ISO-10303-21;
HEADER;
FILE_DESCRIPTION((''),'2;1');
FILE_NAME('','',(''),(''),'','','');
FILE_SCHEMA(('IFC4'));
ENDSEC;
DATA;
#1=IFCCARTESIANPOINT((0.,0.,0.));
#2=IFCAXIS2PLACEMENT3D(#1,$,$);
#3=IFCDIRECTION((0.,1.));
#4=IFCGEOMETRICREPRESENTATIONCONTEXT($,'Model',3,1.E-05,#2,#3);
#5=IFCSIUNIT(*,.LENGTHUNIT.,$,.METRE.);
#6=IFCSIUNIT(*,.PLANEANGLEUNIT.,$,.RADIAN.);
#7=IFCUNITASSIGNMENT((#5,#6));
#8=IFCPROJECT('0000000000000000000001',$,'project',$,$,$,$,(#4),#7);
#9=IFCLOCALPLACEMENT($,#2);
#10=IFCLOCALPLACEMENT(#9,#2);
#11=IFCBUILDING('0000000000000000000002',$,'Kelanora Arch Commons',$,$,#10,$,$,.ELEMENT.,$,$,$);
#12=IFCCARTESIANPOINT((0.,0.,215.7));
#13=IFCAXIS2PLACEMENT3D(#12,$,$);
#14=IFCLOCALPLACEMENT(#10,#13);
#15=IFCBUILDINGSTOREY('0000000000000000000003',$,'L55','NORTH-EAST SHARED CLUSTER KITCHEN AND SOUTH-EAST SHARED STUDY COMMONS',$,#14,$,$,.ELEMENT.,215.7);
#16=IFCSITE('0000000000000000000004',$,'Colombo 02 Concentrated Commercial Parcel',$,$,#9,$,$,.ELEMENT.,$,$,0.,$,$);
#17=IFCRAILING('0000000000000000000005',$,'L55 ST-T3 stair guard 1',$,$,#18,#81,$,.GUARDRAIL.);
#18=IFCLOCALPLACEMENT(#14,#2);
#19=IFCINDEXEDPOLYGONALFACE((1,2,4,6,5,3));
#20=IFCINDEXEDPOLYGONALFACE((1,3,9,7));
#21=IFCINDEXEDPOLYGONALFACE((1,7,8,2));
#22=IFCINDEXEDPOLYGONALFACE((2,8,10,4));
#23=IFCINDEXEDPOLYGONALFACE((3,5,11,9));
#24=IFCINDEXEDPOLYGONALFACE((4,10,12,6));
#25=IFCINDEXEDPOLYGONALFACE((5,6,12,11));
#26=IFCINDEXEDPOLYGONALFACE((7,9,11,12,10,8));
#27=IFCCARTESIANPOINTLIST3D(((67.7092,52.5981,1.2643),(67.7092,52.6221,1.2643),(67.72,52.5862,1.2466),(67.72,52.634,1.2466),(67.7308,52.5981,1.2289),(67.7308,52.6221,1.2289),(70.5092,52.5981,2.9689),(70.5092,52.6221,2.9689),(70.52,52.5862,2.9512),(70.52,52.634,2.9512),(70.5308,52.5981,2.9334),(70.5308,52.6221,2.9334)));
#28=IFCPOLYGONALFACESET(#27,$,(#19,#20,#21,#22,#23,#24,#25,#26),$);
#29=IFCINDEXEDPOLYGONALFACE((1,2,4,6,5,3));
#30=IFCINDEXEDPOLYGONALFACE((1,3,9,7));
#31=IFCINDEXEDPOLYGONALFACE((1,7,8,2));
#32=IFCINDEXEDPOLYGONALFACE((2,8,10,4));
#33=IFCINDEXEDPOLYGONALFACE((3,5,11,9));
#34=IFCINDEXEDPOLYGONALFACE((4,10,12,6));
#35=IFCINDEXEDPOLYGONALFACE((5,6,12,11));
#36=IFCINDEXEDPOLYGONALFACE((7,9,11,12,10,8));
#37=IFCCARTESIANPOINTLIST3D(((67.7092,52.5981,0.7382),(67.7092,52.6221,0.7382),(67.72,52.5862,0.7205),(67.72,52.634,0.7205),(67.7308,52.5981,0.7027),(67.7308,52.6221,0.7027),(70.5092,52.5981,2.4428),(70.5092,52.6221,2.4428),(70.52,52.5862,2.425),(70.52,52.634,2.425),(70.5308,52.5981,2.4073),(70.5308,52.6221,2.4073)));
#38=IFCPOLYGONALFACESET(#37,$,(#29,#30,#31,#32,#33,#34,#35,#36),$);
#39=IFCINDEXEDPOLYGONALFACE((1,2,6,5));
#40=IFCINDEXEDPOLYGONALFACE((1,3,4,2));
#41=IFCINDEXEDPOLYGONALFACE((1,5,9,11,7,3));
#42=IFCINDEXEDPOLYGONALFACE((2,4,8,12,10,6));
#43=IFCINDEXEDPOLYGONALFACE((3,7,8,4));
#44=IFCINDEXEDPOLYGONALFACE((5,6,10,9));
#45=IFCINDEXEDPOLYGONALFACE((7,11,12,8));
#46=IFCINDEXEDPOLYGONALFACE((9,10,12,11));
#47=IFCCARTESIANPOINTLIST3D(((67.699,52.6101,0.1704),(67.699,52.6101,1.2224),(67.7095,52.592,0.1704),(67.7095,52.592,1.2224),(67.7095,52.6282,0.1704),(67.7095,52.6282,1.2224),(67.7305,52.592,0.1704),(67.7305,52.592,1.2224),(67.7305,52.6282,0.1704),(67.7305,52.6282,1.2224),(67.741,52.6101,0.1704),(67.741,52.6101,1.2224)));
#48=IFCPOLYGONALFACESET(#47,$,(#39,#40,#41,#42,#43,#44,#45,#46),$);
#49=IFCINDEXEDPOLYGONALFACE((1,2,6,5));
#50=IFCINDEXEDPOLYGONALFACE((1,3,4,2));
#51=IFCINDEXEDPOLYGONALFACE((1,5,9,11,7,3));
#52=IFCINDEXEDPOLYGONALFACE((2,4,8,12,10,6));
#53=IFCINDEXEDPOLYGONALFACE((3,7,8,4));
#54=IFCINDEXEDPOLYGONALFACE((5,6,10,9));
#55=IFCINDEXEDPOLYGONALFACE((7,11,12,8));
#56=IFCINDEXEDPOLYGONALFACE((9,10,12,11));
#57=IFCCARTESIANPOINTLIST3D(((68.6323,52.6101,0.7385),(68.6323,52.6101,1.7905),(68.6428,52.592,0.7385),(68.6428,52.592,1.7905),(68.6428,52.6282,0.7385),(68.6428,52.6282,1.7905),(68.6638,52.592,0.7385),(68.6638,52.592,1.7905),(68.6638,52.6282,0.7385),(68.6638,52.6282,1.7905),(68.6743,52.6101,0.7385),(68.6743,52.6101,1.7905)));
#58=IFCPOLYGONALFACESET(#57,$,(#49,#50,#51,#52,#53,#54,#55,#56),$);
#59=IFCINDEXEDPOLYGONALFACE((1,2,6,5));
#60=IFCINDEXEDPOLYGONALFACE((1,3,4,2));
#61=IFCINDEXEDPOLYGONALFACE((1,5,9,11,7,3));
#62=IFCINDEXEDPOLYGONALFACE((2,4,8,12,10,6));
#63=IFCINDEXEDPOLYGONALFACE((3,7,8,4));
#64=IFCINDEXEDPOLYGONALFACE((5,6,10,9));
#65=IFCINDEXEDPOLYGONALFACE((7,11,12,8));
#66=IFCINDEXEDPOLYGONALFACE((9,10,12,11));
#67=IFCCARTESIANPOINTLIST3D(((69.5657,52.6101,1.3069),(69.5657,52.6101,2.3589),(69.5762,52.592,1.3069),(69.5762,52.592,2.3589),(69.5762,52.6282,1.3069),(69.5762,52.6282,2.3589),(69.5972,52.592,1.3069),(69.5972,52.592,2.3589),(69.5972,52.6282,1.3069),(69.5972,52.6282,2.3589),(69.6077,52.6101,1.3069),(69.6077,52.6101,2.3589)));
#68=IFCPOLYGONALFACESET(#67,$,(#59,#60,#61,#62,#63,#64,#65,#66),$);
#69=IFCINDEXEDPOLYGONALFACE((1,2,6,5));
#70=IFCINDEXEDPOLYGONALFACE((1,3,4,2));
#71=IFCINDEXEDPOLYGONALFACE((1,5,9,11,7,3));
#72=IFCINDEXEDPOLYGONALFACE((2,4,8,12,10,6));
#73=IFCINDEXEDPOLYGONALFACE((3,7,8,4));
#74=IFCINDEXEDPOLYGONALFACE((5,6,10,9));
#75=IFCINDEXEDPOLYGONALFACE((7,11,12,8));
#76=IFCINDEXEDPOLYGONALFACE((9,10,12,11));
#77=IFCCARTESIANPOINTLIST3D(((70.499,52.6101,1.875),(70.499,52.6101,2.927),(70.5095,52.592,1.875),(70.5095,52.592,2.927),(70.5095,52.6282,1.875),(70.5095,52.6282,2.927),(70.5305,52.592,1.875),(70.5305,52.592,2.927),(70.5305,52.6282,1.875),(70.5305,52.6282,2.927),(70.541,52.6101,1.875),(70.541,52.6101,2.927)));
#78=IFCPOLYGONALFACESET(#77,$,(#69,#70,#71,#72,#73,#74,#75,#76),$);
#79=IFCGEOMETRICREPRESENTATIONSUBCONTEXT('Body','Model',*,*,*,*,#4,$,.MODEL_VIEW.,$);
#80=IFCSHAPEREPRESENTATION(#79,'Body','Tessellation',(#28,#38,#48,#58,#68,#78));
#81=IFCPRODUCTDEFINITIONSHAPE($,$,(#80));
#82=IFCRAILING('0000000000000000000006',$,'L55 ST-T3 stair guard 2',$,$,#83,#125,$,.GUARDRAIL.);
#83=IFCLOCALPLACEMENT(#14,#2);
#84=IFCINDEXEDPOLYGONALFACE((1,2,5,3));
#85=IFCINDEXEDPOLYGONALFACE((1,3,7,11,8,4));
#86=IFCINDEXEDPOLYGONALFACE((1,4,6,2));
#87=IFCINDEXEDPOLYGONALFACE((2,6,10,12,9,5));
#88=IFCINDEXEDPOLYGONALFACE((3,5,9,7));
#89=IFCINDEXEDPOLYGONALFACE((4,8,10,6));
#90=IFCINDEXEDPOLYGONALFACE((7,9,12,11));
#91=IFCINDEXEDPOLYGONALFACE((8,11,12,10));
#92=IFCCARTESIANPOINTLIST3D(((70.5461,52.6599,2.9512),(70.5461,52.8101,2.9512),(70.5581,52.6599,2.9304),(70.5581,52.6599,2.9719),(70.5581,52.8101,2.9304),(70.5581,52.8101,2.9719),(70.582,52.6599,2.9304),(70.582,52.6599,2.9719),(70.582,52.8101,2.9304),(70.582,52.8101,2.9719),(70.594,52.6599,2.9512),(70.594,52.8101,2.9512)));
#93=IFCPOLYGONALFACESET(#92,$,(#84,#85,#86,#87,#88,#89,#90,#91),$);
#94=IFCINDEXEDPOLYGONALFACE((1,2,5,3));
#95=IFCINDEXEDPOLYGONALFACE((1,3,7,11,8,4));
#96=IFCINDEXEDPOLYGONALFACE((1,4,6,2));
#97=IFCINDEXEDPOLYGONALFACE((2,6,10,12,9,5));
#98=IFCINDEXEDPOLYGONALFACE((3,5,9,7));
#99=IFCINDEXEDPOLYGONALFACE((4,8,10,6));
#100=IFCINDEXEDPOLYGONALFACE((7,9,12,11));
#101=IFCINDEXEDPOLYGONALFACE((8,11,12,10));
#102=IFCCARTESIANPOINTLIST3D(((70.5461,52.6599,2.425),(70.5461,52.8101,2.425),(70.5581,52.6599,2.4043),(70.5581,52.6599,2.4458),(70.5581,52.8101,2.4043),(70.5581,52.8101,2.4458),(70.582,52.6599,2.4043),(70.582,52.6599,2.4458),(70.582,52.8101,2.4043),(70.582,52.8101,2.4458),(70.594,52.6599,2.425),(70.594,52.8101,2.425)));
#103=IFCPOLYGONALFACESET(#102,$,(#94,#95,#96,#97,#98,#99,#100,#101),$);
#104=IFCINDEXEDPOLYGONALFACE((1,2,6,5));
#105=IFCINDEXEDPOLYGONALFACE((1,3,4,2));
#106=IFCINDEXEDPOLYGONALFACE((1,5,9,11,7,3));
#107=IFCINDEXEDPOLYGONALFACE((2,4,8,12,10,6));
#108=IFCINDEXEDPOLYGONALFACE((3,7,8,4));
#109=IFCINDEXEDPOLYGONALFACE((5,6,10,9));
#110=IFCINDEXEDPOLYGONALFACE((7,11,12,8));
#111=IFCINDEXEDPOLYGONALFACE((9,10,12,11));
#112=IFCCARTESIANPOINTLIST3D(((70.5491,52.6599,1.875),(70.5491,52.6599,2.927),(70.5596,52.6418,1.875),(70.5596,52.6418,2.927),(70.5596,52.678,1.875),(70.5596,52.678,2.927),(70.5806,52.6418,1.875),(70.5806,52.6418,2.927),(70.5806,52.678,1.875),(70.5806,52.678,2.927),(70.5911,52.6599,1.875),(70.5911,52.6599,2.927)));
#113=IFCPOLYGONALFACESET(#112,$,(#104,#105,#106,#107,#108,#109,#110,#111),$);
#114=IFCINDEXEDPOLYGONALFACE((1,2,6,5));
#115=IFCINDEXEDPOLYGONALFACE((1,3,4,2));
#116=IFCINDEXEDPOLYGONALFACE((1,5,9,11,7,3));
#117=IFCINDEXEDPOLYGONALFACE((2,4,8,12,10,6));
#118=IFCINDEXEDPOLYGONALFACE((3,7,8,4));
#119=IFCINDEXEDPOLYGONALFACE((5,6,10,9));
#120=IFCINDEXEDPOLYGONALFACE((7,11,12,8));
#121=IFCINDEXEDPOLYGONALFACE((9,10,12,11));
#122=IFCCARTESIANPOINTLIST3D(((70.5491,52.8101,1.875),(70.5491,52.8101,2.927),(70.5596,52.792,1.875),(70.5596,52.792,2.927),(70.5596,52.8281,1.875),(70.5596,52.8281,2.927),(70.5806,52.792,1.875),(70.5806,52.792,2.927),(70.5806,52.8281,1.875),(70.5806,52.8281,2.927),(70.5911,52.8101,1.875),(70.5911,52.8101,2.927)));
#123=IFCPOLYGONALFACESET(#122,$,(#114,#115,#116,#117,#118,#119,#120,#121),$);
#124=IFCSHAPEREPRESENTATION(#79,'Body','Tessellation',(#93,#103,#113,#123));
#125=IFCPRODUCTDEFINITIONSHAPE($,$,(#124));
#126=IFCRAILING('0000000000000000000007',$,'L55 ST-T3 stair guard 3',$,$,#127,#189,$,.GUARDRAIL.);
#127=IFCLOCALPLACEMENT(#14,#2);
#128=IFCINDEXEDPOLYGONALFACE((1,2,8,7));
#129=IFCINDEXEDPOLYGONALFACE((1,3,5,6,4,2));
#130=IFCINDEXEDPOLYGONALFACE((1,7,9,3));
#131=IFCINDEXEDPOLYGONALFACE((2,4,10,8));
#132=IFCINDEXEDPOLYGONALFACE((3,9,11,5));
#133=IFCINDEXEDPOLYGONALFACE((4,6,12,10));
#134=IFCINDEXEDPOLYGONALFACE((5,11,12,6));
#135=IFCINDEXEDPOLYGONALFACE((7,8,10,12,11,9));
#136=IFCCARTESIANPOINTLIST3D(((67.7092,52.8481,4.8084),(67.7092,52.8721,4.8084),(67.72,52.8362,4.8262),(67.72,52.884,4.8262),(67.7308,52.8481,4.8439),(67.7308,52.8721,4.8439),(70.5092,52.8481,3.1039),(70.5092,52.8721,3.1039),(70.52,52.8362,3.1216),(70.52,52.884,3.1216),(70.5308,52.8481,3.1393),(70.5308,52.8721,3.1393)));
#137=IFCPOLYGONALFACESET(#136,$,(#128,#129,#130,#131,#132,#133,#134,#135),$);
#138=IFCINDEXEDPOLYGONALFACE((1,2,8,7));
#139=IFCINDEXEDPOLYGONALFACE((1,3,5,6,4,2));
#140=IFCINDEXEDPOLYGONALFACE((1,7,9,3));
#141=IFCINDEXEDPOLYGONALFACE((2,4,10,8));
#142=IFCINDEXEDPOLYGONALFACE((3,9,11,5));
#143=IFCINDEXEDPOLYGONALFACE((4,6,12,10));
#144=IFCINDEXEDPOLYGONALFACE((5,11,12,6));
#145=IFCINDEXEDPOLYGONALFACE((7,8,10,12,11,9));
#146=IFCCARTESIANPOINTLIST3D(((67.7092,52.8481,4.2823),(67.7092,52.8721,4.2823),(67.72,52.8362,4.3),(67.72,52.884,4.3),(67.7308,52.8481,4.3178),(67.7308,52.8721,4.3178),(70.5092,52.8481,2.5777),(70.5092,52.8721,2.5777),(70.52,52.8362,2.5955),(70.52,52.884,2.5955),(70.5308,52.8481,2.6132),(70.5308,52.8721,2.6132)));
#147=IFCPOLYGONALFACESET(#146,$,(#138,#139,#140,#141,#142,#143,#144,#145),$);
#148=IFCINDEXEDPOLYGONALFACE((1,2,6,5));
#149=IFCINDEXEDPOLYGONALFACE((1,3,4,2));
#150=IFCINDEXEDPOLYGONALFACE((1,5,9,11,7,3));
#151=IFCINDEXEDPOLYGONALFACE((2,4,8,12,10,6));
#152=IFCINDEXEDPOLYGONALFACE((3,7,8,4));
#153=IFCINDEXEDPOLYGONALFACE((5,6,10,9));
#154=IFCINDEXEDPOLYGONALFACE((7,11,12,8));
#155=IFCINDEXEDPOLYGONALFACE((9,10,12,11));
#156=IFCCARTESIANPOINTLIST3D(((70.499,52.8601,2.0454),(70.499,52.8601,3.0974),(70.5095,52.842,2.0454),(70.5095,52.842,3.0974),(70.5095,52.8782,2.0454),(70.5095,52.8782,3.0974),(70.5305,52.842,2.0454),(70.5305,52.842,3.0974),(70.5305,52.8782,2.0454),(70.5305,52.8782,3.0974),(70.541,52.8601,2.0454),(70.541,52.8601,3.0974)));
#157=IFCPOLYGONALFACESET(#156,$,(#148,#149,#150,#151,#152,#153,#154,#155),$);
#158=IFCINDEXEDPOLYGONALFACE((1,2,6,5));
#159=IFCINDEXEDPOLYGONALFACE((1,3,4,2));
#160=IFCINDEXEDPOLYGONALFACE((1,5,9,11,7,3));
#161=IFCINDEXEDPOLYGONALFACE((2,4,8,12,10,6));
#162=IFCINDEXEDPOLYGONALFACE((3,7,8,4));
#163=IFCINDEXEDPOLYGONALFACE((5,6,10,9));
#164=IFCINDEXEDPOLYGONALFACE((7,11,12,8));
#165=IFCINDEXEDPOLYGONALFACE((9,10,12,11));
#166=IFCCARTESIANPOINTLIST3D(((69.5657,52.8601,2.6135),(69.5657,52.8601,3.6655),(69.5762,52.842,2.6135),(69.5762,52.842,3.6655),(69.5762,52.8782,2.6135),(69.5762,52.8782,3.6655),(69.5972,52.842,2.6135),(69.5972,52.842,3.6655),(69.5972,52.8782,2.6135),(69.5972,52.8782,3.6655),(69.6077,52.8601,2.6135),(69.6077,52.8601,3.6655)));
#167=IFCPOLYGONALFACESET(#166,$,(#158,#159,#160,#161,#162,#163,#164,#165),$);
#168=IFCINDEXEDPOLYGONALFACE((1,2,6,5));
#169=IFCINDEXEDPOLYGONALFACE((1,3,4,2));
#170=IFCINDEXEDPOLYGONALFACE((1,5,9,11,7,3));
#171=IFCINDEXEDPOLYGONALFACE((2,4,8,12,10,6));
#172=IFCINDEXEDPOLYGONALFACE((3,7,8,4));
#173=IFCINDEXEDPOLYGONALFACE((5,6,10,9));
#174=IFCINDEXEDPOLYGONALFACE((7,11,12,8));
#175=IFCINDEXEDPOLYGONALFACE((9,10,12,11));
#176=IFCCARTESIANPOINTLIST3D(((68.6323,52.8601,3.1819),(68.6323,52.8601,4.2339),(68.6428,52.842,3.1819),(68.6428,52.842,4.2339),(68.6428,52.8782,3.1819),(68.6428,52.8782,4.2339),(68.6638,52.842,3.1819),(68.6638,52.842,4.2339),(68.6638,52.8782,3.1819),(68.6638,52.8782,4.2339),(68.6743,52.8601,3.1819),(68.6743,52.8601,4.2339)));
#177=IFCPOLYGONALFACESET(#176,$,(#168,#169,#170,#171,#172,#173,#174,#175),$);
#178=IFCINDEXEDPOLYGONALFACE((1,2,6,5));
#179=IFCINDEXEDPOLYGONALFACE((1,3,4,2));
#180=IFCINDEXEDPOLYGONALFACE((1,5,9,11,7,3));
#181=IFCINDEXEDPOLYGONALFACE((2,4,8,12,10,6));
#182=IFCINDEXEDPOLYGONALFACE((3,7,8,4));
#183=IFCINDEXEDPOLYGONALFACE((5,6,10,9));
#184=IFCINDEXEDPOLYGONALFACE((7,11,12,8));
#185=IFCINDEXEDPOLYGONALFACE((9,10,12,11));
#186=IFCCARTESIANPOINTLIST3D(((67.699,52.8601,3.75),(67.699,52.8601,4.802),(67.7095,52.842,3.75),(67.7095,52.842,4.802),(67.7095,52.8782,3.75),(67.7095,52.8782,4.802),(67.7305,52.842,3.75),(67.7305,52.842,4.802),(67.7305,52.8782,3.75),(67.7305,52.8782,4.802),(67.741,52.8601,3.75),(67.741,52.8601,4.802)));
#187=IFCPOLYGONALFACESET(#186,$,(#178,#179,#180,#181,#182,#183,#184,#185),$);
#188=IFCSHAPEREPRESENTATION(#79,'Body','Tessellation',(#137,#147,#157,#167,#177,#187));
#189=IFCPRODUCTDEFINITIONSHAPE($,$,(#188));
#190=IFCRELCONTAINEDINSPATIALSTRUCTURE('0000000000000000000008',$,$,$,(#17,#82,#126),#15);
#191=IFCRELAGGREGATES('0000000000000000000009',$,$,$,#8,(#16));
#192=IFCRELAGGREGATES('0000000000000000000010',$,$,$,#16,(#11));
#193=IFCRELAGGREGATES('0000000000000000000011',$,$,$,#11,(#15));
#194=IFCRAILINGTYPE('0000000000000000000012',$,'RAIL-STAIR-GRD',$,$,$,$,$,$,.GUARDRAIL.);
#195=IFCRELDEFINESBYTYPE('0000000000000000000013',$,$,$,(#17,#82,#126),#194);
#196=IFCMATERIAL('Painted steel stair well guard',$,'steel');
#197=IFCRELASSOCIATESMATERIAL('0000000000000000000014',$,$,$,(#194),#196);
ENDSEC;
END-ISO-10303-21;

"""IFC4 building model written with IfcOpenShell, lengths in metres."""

from ifc_helpers import new_model, si_unit, direction, frame, origin, place, context, subcontext, project, spatial, polyline, outline, extrude, material, type_object, element, save


model = new_model("IFC4")

# Units and contexts
model_context = context("Model", 3, precision=1e-05, world=origin(), true_north=direction((0.0, 1.0)))
body_context = subcontext(model_context, "Body", "Model", "MODEL_VIEW")
ifc_project = project(units=[si_unit("LENGTHUNIT", "METRE"), si_unit("PLANEANGLEUNIT", "RADIAN")], contexts=[model_context])

# Site, building, storey
site_placement = place(None, origin())
site = spatial("IfcSite", under=ifc_project, at=site_placement, Name="Colombo 02 Concentrated Commercial Parcel", CompositionType="ELEMENT", RefElevation=0.0)
building_placement = place(site_placement, origin())
building = spatial("IfcBuilding", under=site, at=building_placement, Name="Kelanora Arch Commons", CompositionType="ELEMENT")
storey_placement = place(building_placement, frame((0.0, 0.0, 215.7)))
storey = spatial("IfcBuildingStorey", under=building, at=storey_placement, Name="L55", Description="NORTH-EAST SHARED CLUSTER KITCHEN AND SOUTH-EAST SHARED STUDY COMMONS", CompositionType="ELEMENT", Elevation=215.7)

# Railings
ifc_material_1 = material(Name="Painted steel stair well guard", Category="steel")
railing_type_1 = type_object("IfcRailingType", Name="RAIL-STAIR-GRD", PredefinedType="GUARDRAIL", material=ifc_material_1)
railing_1_placement = place(storey_placement, frame((67.72, 52.6101, 0.1704)))
element("IfcRailing", 1, at=railing_1_placement, inside=storey, type_object=railing_type_1, Name="L55 ST-T3 stair guard 1", PredefinedType="GUARDRAIL", context=body_context, shape_type="SweptSolid", body=[
    extrude(outline(polyline([(0.0239, 0.0), (0.012, 0.0208), (-0.012, 0.0208), (-0.0239, 0.0), (-0.012, -0.0208), (0.012, -0.0208), (0.0239, 0.0)])), frame((0.0, 0.0, 1.0762), z_axis=(0.85417, 0.0, 0.519994), x_axis=(0.0, 1.0, 0.0)), (0.0, 0.0, 1.0), 3.2781),
    extrude(outline(polyline([(0.0239, 0.0), (0.012, 0.0208), (-0.012, 0.0208), (-0.0239, 0.0), (-0.012, -0.0208), (0.012, -0.0208), (0.0239, 0.0)])), frame((0.0, 0.0, 0.55), z_axis=(0.85417, 0.0, 0.519994), x_axis=(0.0, 1.0, 0.0)), (0.0, 0.0, 1.0), 3.2781),
    extrude(outline(polyline([(0.021, 0.0), (0.0105, 0.0181), (-0.0105, 0.0181), (-0.021, 0.0), (-0.0105, -0.0181), (0.0105, -0.0181), (0.021, 0.0)])), origin(), (0.0, 0.0, 1.0), 1.052),
    extrude(outline(polyline([(0.021, 0.0), (0.0105, 0.0181), (-0.0105, 0.0181), (-0.021, 0.0), (-0.0105, -0.0181), (0.0105, -0.0181), (0.021, 0.0)])), frame((0.9333, 0.0, 0.5681)), (0.0, 0.0, 1.0), 1.052),
    extrude(outline(polyline([(0.021, 0.0), (0.0105, 0.0181), (-0.0105, 0.0181), (-0.021, 0.0), (-0.0105, -0.0181), (0.0105, -0.0181), (0.021, 0.0)])), frame((1.8667, 0.0, 1.1365)), (0.0, 0.0, 1.0), 1.052),
    extrude(outline(polyline([(0.021, 0.0), (0.0105, 0.0181), (-0.0105, 0.0181), (-0.021, 0.0), (-0.0105, -0.0181), (0.0105, -0.0181), (0.021, 0.0)])), frame((2.8, 0.0, 1.7046)), (0.0, 0.0, 1.0), 1.052),
])
railing_2_placement = place(storey_placement, frame((70.5701, 52.6599, 1.875)))
element("IfcRailing", 2, at=railing_2_placement, inside=storey, type_object=railing_type_1, Name="L55 ST-T3 stair guard 2", PredefinedType="GUARDRAIL", context=body_context, shape_type="SweptSolid", body=[
    extrude(outline(polyline([(0.0239, 0.0), (0.012, 0.0208), (-0.012, 0.0208), (-0.0239, 0.0), (-0.012, -0.0208), (0.012, -0.0208), (0.0239, 0.0)])), frame((0.0, 0.0, 1.0762), z_axis=(0.0, 1.0, 0.0), x_axis=(-1.0, 0.0, 0.0)), (0.0, 0.0, 1.0), 0.1501),
    extrude(outline(polyline([(0.0239, 0.0), (0.012, 0.0208), (-0.012, 0.0208), (-0.0239, 0.0), (-0.012, -0.0208), (0.012, -0.0208), (0.0239, 0.0)])), frame((0.0, 0.0, 0.55), z_axis=(0.0, 1.0, 0.0), x_axis=(-1.0, 0.0, 0.0)), (0.0, 0.0, 1.0), 0.1501),
    extrude(outline(polyline([(0.021, 0.0), (0.0105, 0.0181), (-0.0105, 0.0181), (-0.021, 0.0), (-0.0105, -0.0181), (0.0105, -0.0181), (0.021, 0.0)])), origin(), (0.0, 0.0, 1.0), 1.052),
    extrude(outline(polyline([(0.021, 0.0), (0.0105, 0.0181), (-0.0105, 0.0181), (-0.021, 0.0), (-0.0105, -0.0181), (0.0105, -0.0181), (0.021, 0.0)])), frame((0.0, 0.1501, 0.0)), (0.0, 0.0, 1.0), 1.052),
])
railing_3_placement = place(storey_placement, frame((70.52, 52.8601, 2.0454)))
element("IfcRailing", 3, at=railing_3_placement, inside=storey, type_object=railing_type_1, Name="L55 ST-T3 stair guard 3", PredefinedType="GUARDRAIL", context=body_context, shape_type="SweptSolid", body=[
    extrude(outline(polyline([(0.0239, 0.0), (0.012, 0.0208), (-0.012, 0.0208), (-0.0239, 0.0), (-0.012, -0.0208), (0.012, -0.0208), (0.0239, 0.0)])), frame((0.0, 0.0, 1.0762), z_axis=(-0.85417, 0.0, 0.519994), x_axis=(0.0, -1.0, 0.0)), (0.0, 0.0, 1.0), 3.2781),
    extrude(outline(polyline([(0.0239, 0.0), (0.012, 0.0208), (-0.012, 0.0208), (-0.0239, 0.0), (-0.012, -0.0208), (0.012, -0.0208), (0.0239, 0.0)])), frame((0.0, 0.0, 0.55), z_axis=(-0.85417, 0.0, 0.519994), x_axis=(0.0, -1.0, 0.0)), (0.0, 0.0, 1.0), 3.2781),
    extrude(outline(polyline([(0.021, 0.0), (0.0105, 0.0181), (-0.0105, 0.0181), (-0.021, 0.0), (-0.0105, -0.0181), (0.0105, -0.0181), (0.021, 0.0)])), origin(), (0.0, 0.0, 1.0), 1.052),
    extrude(outline(polyline([(0.021, 0.0), (0.0105, 0.0181), (-0.0105, 0.0181), (-0.021, 0.0), (-0.0105, -0.0181), (0.0105, -0.0181), (0.021, 0.0)])), frame((-0.9333, 0.0, 0.5681)), (0.0, 0.0, 1.0), 1.052),
    extrude(outline(polyline([(0.021, 0.0), (0.0105, 0.0181), (-0.0105, 0.0181), (-0.021, 0.0), (-0.0105, -0.0181), (0.0105, -0.0181), (0.021, 0.0)])), frame((-1.8667, 0.0, 1.1365)), (0.0, 0.0, 1.0), 1.052),
    extrude(outline(polyline([(0.021, 0.0), (0.0105, 0.0181), (-0.0105, 0.0181), (-0.021, 0.0), (-0.0105, -0.0181), (0.0105, -0.0181), (0.021, 0.0)])), frame((-2.8, 0.0, 1.7046)), (0.0, 0.0, 1.0), 1.052),
])

save(model, "model.ifc")
